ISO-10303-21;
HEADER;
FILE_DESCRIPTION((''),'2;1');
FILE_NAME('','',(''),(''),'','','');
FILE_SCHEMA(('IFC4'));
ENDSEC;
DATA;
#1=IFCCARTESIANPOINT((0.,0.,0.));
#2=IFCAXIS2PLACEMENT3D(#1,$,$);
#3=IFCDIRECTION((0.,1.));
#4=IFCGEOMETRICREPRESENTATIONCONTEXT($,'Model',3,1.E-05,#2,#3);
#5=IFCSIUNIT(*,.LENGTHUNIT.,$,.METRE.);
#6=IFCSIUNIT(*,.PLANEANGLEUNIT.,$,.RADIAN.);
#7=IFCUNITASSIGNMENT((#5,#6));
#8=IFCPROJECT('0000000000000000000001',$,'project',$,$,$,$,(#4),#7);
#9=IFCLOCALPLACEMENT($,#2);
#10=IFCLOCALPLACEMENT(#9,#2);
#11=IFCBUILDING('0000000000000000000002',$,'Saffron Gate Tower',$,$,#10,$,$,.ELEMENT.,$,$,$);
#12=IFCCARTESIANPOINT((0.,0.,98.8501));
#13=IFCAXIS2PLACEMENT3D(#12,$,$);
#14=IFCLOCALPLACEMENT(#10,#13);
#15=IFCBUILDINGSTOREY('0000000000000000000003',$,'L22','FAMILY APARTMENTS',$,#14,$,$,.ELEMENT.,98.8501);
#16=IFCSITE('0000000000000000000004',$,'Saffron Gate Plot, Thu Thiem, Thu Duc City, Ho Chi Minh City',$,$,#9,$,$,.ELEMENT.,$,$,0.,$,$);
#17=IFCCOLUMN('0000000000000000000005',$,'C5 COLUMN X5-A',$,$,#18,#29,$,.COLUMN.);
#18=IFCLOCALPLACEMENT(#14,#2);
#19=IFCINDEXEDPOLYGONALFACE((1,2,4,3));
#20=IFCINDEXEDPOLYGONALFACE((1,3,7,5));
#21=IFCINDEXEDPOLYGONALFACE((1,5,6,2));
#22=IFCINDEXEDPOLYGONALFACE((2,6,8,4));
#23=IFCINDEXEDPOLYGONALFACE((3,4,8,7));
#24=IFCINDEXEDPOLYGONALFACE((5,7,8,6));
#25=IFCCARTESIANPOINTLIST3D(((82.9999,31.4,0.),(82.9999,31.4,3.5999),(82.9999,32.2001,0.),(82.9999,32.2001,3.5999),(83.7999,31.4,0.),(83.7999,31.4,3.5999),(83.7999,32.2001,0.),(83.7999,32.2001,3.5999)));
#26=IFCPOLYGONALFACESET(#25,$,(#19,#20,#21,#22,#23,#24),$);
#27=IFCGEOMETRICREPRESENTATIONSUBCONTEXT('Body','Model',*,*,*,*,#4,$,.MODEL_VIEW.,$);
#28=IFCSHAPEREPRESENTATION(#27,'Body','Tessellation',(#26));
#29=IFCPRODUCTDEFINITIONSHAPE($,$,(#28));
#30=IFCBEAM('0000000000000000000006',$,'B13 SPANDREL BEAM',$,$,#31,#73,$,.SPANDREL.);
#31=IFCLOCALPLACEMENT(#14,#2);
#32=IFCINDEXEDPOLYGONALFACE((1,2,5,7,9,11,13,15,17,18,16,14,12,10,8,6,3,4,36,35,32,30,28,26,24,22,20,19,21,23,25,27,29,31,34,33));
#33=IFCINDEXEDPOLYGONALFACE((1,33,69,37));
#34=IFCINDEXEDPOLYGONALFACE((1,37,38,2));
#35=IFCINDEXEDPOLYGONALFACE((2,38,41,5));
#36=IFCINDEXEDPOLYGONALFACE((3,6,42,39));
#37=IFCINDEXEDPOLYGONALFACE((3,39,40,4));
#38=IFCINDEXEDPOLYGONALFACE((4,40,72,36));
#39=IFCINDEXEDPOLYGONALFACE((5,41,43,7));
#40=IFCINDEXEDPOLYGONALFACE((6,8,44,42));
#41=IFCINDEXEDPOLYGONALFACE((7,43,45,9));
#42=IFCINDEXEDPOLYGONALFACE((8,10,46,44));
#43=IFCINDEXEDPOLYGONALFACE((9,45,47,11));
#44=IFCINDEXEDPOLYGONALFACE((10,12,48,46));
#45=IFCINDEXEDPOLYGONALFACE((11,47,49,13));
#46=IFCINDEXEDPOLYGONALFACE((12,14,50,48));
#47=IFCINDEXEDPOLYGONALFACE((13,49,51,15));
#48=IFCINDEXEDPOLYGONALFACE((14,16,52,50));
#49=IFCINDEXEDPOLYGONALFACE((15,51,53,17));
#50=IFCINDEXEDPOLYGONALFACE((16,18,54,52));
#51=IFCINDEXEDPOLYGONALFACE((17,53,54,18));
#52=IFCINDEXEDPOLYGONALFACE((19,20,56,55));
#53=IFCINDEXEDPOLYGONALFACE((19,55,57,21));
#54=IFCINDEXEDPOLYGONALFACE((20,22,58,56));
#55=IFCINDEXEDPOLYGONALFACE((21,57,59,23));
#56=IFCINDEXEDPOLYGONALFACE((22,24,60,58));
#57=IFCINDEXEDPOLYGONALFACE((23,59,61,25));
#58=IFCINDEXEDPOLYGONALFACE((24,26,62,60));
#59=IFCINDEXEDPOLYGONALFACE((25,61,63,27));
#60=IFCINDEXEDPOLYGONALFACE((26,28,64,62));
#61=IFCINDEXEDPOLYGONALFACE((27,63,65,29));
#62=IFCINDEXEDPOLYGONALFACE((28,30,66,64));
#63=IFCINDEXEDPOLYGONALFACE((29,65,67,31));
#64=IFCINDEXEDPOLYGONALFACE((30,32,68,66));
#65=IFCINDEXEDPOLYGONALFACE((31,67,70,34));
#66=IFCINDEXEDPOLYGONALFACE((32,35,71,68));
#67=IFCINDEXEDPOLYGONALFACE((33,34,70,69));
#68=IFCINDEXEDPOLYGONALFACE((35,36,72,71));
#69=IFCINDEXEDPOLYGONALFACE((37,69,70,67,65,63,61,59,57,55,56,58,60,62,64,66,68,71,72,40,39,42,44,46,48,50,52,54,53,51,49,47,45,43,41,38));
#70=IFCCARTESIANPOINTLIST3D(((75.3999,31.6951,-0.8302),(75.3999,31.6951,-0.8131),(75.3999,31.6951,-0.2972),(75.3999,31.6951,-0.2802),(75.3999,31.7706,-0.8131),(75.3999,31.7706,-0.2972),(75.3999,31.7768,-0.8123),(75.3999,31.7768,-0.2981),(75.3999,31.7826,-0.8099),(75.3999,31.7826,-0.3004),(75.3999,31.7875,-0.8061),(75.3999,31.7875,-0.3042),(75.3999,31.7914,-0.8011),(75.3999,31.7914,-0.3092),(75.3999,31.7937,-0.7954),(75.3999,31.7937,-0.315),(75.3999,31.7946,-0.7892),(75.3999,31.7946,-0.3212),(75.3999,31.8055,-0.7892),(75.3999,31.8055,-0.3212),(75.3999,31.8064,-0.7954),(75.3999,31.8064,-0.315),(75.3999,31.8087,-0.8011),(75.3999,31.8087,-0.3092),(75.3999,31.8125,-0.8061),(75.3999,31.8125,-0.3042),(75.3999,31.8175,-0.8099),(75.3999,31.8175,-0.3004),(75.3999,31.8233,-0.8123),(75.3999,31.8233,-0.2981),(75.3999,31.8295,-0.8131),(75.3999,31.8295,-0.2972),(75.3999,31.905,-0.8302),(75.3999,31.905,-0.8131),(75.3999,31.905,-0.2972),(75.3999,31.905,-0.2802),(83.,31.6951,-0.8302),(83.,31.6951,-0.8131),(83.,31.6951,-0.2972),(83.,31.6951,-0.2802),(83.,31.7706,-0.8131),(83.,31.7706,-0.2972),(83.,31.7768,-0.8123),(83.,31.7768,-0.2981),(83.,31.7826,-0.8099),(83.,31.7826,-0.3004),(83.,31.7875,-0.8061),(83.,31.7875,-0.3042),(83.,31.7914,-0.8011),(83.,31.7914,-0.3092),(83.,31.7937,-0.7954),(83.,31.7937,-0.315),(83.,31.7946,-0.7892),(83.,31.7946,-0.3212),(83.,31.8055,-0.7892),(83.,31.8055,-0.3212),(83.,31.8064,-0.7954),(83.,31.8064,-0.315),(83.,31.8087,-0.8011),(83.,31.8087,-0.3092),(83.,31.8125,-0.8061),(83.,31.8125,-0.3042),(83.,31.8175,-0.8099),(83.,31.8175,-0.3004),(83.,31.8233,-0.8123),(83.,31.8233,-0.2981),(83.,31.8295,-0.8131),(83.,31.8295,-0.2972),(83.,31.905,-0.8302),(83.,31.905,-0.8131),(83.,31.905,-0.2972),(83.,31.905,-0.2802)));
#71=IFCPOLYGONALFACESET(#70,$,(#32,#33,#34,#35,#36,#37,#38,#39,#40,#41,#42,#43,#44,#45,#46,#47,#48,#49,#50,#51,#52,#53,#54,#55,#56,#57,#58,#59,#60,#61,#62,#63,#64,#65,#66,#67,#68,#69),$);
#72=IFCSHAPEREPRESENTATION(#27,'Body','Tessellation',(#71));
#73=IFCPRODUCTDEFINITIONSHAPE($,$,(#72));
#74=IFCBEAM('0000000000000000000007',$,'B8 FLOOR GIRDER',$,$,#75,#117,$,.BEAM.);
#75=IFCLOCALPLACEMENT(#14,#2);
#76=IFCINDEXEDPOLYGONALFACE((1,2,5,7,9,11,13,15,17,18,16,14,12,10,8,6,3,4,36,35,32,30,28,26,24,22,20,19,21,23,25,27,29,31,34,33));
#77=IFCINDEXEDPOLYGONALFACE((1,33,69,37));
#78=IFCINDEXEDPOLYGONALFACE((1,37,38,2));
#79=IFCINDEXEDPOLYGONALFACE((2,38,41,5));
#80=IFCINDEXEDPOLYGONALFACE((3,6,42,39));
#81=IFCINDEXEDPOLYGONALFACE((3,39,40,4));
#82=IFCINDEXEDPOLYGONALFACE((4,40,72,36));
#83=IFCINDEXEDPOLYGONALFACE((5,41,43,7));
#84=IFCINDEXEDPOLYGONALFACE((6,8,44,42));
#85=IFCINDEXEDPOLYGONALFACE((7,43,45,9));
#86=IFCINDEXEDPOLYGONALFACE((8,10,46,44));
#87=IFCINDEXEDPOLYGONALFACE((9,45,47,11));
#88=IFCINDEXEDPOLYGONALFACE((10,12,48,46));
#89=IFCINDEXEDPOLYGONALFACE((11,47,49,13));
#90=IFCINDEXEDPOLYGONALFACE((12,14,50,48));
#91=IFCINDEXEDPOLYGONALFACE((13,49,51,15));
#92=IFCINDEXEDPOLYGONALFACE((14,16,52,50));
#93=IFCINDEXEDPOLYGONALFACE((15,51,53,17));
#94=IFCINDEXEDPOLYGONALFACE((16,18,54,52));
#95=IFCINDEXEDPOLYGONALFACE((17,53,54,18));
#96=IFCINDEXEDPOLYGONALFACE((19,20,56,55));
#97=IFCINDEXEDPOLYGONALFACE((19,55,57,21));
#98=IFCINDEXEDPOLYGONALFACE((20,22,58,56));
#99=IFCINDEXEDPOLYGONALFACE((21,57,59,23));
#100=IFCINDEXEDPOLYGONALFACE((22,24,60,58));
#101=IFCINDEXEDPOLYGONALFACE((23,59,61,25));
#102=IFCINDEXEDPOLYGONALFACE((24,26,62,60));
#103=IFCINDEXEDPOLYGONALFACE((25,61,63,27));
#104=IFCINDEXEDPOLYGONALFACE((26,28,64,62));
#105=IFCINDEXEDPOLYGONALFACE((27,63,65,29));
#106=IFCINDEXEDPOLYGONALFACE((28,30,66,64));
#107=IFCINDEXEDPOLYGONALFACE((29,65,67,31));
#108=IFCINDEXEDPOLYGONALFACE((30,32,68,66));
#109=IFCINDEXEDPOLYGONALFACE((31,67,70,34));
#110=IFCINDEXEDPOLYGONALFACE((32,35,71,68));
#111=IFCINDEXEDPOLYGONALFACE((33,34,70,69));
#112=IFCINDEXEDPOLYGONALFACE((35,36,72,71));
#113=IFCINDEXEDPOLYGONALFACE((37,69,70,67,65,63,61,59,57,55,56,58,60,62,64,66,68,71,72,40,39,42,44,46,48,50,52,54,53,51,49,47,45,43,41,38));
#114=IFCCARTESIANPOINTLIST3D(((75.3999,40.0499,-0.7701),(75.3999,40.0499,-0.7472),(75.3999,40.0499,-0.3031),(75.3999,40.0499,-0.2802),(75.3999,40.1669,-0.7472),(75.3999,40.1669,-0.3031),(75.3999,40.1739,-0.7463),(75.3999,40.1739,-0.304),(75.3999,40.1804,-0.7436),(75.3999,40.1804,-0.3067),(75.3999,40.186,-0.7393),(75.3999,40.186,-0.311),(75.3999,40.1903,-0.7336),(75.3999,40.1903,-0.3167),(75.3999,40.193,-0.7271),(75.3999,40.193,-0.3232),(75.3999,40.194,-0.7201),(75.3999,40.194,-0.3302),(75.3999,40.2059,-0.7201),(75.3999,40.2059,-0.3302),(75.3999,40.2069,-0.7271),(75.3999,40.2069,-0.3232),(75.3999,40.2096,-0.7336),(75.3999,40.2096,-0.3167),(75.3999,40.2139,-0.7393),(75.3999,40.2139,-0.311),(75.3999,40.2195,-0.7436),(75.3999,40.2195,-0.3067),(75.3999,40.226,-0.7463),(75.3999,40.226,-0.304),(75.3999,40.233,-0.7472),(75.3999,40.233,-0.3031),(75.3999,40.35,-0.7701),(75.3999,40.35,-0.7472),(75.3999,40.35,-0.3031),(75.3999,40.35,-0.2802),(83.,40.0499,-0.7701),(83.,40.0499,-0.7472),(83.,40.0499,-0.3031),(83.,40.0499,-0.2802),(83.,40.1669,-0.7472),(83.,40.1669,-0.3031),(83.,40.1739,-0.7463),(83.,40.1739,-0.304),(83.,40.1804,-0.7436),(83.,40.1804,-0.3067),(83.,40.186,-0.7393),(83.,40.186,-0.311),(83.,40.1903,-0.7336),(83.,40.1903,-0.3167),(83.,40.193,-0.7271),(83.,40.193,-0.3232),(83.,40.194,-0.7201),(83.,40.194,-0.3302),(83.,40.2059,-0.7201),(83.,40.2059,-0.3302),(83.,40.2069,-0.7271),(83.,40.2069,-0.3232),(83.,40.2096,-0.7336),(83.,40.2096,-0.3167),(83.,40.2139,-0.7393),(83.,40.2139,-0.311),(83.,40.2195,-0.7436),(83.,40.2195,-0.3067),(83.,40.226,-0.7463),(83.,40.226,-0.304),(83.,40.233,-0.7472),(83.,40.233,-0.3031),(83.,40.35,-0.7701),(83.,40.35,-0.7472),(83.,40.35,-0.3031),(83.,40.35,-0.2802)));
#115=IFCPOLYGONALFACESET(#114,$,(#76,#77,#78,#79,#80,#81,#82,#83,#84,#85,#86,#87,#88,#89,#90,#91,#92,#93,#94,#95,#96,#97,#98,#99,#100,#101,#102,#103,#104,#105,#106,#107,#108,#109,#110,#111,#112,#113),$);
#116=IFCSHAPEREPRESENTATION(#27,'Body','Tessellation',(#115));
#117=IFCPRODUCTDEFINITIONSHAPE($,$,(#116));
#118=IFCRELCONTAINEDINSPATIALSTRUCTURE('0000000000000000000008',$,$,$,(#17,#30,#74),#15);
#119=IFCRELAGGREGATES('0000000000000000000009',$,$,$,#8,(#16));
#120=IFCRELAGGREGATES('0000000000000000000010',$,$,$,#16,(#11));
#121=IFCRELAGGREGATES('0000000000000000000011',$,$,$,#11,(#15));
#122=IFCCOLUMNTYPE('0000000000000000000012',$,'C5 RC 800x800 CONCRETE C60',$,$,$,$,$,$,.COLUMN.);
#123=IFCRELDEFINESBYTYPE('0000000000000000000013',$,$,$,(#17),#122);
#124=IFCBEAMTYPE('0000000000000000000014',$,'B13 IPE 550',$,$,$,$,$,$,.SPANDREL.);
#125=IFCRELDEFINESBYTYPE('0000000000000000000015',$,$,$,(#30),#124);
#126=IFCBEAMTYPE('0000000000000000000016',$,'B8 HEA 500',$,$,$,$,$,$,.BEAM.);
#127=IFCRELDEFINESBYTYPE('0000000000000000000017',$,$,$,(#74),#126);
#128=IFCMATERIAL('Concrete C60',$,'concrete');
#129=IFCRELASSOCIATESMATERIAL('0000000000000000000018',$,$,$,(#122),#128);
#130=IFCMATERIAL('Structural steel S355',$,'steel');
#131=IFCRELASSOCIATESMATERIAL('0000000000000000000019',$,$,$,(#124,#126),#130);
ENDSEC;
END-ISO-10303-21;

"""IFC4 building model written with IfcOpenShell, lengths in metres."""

from ifc_helpers import new_model, si_unit, direction, frame, origin, origin_2d, place, context, subcontext, project, spatial, rectangle, i_section, extrude, material, material_profile, profile_set, type_object, element, save


model = new_model("IFC4")

# Units and contexts
model_context = context("Model", 3, precision=1e-05, world=origin(), true_north=direction((0.0, 1.0)))
body_context = subcontext(model_context, "Body", "Model", "MODEL_VIEW")
ifc_project = project(units=[si_unit("LENGTHUNIT", "METRE"), si_unit("PLANEANGLEUNIT", "RADIAN")], contexts=[model_context])

# Site, building, storey
site_placement = place(None, origin())
site = spatial("IfcSite", under=ifc_project, at=site_placement, Name="Saffron Gate Plot, Thu Thiem, Thu Duc City, Ho Chi Minh City", CompositionType="ELEMENT", RefElevation=0.0)
building_placement = place(site_placement, origin())
building = spatial("IfcBuilding", under=site, at=building_placement, Name="Saffron Gate Tower", CompositionType="ELEMENT")
storey_placement = place(building_placement, frame((0.0, 0.0, 98.8501)))
storey = spatial("IfcBuildingStorey", under=building, at=storey_placement, Name="L22", Description="FAMILY APARTMENTS", CompositionType="ELEMENT", Elevation=98.8501)

# Column
ifc_material_1 = material(Name="Concrete C60", Category="concrete")
ifc_material_profile_1 = material_profile(ifc_material_1, rectangle(XDim=0.8, YDim=0.8, at=origin_2d()))
ifc_profile_set_1 = profile_set([ifc_material_profile_1], Name="Concrete C60")
column_type = type_object("IfcColumnType", Name="C5 RC 800x800 CONCRETE C60", PredefinedType="COLUMN", material=ifc_profile_set_1)
column_placement = place(storey_placement, frame((83.3999, 31.8, 0.0), z_axis=(0.0, 0.0, 1.0), x_axis=(1.0, 0.0, 0.0)))
element("IfcColumn", 1, at=column_placement, inside=storey, type_object=column_type, Name="C5 COLUMN X5-A", PredefinedType="COLUMN", context=body_context, shape_type="SweptSolid", body=[
    extrude(rectangle(XDim=0.8, YDim=0.8, at=origin_2d()), origin(), (0.0, 0.0, 1.0), 3.5999),
])

# Beams
ifc_material_2 = material(Name="Structural steel S355", Category="steel")
ifc_material_profile_2 = material_profile(ifc_material_2, i_section(OverallWidth=0.21, OverallDepth=0.55, WebThickness=0.011, FlangeThickness=0.0171, FilletRadius=0.0239, at=origin_2d()))
ifc_profile_set_2 = profile_set([ifc_material_profile_2], Name="Structural steel S355")
beam_type_1 = type_object("IfcBeamType", Name="B13 IPE 550", PredefinedType="SPANDREL", material=ifc_profile_set_2)
beam_1_placement = place(storey_placement, frame((75.3999, 31.8, -0.5552), z_axis=(1.0, 0.0, 0.0), x_axis=(0.0, 1.0, 0.0)))
element("IfcBeam", 2, at=beam_1_placement, inside=storey, type_object=beam_type_1, Name="B13 SPANDREL BEAM", PredefinedType="SPANDREL", context=body_context, shape_type="SweptSolid", body=[
    extrude(i_section(OverallWidth=0.21, OverallDepth=0.55, WebThickness=0.011, FlangeThickness=0.0171, FilletRadius=0.0239, at=origin_2d()), origin(), (0.0, 0.0, 1.0), 7.6001),
])
ifc_material_profile_3 = material_profile(ifc_material_2, i_section(OverallWidth=0.3, OverallDepth=0.49, WebThickness=0.012, FlangeThickness=0.0229, FilletRadius=0.0271, at=origin_2d()))
ifc_profile_set_3 = profile_set([ifc_material_profile_3], Name="Structural steel S355")
beam_type_2 = type_object("IfcBeamType", Name="B8 HEA 500", PredefinedType="BEAM", material=ifc_profile_set_3)
beam_2_placement = place(storey_placement, frame((75.3999, 40.2, -0.5251), z_axis=(1.0, 0.0, 0.0), x_axis=(0.0, 1.0, 0.0)))
element("IfcBeam", 3, at=beam_2_placement, inside=storey, type_object=beam_type_2, Name="B8 FLOOR GIRDER", PredefinedType="BEAM", context=body_context, shape_type="SweptSolid", body=[
    extrude(i_section(OverallWidth=0.3, OverallDepth=0.49, WebThickness=0.012, FlangeThickness=0.0229, FilletRadius=0.0271, at=origin_2d()), origin(), (0.0, 0.0, 1.0), 7.6001),
])

save(model, "model.ifc")
